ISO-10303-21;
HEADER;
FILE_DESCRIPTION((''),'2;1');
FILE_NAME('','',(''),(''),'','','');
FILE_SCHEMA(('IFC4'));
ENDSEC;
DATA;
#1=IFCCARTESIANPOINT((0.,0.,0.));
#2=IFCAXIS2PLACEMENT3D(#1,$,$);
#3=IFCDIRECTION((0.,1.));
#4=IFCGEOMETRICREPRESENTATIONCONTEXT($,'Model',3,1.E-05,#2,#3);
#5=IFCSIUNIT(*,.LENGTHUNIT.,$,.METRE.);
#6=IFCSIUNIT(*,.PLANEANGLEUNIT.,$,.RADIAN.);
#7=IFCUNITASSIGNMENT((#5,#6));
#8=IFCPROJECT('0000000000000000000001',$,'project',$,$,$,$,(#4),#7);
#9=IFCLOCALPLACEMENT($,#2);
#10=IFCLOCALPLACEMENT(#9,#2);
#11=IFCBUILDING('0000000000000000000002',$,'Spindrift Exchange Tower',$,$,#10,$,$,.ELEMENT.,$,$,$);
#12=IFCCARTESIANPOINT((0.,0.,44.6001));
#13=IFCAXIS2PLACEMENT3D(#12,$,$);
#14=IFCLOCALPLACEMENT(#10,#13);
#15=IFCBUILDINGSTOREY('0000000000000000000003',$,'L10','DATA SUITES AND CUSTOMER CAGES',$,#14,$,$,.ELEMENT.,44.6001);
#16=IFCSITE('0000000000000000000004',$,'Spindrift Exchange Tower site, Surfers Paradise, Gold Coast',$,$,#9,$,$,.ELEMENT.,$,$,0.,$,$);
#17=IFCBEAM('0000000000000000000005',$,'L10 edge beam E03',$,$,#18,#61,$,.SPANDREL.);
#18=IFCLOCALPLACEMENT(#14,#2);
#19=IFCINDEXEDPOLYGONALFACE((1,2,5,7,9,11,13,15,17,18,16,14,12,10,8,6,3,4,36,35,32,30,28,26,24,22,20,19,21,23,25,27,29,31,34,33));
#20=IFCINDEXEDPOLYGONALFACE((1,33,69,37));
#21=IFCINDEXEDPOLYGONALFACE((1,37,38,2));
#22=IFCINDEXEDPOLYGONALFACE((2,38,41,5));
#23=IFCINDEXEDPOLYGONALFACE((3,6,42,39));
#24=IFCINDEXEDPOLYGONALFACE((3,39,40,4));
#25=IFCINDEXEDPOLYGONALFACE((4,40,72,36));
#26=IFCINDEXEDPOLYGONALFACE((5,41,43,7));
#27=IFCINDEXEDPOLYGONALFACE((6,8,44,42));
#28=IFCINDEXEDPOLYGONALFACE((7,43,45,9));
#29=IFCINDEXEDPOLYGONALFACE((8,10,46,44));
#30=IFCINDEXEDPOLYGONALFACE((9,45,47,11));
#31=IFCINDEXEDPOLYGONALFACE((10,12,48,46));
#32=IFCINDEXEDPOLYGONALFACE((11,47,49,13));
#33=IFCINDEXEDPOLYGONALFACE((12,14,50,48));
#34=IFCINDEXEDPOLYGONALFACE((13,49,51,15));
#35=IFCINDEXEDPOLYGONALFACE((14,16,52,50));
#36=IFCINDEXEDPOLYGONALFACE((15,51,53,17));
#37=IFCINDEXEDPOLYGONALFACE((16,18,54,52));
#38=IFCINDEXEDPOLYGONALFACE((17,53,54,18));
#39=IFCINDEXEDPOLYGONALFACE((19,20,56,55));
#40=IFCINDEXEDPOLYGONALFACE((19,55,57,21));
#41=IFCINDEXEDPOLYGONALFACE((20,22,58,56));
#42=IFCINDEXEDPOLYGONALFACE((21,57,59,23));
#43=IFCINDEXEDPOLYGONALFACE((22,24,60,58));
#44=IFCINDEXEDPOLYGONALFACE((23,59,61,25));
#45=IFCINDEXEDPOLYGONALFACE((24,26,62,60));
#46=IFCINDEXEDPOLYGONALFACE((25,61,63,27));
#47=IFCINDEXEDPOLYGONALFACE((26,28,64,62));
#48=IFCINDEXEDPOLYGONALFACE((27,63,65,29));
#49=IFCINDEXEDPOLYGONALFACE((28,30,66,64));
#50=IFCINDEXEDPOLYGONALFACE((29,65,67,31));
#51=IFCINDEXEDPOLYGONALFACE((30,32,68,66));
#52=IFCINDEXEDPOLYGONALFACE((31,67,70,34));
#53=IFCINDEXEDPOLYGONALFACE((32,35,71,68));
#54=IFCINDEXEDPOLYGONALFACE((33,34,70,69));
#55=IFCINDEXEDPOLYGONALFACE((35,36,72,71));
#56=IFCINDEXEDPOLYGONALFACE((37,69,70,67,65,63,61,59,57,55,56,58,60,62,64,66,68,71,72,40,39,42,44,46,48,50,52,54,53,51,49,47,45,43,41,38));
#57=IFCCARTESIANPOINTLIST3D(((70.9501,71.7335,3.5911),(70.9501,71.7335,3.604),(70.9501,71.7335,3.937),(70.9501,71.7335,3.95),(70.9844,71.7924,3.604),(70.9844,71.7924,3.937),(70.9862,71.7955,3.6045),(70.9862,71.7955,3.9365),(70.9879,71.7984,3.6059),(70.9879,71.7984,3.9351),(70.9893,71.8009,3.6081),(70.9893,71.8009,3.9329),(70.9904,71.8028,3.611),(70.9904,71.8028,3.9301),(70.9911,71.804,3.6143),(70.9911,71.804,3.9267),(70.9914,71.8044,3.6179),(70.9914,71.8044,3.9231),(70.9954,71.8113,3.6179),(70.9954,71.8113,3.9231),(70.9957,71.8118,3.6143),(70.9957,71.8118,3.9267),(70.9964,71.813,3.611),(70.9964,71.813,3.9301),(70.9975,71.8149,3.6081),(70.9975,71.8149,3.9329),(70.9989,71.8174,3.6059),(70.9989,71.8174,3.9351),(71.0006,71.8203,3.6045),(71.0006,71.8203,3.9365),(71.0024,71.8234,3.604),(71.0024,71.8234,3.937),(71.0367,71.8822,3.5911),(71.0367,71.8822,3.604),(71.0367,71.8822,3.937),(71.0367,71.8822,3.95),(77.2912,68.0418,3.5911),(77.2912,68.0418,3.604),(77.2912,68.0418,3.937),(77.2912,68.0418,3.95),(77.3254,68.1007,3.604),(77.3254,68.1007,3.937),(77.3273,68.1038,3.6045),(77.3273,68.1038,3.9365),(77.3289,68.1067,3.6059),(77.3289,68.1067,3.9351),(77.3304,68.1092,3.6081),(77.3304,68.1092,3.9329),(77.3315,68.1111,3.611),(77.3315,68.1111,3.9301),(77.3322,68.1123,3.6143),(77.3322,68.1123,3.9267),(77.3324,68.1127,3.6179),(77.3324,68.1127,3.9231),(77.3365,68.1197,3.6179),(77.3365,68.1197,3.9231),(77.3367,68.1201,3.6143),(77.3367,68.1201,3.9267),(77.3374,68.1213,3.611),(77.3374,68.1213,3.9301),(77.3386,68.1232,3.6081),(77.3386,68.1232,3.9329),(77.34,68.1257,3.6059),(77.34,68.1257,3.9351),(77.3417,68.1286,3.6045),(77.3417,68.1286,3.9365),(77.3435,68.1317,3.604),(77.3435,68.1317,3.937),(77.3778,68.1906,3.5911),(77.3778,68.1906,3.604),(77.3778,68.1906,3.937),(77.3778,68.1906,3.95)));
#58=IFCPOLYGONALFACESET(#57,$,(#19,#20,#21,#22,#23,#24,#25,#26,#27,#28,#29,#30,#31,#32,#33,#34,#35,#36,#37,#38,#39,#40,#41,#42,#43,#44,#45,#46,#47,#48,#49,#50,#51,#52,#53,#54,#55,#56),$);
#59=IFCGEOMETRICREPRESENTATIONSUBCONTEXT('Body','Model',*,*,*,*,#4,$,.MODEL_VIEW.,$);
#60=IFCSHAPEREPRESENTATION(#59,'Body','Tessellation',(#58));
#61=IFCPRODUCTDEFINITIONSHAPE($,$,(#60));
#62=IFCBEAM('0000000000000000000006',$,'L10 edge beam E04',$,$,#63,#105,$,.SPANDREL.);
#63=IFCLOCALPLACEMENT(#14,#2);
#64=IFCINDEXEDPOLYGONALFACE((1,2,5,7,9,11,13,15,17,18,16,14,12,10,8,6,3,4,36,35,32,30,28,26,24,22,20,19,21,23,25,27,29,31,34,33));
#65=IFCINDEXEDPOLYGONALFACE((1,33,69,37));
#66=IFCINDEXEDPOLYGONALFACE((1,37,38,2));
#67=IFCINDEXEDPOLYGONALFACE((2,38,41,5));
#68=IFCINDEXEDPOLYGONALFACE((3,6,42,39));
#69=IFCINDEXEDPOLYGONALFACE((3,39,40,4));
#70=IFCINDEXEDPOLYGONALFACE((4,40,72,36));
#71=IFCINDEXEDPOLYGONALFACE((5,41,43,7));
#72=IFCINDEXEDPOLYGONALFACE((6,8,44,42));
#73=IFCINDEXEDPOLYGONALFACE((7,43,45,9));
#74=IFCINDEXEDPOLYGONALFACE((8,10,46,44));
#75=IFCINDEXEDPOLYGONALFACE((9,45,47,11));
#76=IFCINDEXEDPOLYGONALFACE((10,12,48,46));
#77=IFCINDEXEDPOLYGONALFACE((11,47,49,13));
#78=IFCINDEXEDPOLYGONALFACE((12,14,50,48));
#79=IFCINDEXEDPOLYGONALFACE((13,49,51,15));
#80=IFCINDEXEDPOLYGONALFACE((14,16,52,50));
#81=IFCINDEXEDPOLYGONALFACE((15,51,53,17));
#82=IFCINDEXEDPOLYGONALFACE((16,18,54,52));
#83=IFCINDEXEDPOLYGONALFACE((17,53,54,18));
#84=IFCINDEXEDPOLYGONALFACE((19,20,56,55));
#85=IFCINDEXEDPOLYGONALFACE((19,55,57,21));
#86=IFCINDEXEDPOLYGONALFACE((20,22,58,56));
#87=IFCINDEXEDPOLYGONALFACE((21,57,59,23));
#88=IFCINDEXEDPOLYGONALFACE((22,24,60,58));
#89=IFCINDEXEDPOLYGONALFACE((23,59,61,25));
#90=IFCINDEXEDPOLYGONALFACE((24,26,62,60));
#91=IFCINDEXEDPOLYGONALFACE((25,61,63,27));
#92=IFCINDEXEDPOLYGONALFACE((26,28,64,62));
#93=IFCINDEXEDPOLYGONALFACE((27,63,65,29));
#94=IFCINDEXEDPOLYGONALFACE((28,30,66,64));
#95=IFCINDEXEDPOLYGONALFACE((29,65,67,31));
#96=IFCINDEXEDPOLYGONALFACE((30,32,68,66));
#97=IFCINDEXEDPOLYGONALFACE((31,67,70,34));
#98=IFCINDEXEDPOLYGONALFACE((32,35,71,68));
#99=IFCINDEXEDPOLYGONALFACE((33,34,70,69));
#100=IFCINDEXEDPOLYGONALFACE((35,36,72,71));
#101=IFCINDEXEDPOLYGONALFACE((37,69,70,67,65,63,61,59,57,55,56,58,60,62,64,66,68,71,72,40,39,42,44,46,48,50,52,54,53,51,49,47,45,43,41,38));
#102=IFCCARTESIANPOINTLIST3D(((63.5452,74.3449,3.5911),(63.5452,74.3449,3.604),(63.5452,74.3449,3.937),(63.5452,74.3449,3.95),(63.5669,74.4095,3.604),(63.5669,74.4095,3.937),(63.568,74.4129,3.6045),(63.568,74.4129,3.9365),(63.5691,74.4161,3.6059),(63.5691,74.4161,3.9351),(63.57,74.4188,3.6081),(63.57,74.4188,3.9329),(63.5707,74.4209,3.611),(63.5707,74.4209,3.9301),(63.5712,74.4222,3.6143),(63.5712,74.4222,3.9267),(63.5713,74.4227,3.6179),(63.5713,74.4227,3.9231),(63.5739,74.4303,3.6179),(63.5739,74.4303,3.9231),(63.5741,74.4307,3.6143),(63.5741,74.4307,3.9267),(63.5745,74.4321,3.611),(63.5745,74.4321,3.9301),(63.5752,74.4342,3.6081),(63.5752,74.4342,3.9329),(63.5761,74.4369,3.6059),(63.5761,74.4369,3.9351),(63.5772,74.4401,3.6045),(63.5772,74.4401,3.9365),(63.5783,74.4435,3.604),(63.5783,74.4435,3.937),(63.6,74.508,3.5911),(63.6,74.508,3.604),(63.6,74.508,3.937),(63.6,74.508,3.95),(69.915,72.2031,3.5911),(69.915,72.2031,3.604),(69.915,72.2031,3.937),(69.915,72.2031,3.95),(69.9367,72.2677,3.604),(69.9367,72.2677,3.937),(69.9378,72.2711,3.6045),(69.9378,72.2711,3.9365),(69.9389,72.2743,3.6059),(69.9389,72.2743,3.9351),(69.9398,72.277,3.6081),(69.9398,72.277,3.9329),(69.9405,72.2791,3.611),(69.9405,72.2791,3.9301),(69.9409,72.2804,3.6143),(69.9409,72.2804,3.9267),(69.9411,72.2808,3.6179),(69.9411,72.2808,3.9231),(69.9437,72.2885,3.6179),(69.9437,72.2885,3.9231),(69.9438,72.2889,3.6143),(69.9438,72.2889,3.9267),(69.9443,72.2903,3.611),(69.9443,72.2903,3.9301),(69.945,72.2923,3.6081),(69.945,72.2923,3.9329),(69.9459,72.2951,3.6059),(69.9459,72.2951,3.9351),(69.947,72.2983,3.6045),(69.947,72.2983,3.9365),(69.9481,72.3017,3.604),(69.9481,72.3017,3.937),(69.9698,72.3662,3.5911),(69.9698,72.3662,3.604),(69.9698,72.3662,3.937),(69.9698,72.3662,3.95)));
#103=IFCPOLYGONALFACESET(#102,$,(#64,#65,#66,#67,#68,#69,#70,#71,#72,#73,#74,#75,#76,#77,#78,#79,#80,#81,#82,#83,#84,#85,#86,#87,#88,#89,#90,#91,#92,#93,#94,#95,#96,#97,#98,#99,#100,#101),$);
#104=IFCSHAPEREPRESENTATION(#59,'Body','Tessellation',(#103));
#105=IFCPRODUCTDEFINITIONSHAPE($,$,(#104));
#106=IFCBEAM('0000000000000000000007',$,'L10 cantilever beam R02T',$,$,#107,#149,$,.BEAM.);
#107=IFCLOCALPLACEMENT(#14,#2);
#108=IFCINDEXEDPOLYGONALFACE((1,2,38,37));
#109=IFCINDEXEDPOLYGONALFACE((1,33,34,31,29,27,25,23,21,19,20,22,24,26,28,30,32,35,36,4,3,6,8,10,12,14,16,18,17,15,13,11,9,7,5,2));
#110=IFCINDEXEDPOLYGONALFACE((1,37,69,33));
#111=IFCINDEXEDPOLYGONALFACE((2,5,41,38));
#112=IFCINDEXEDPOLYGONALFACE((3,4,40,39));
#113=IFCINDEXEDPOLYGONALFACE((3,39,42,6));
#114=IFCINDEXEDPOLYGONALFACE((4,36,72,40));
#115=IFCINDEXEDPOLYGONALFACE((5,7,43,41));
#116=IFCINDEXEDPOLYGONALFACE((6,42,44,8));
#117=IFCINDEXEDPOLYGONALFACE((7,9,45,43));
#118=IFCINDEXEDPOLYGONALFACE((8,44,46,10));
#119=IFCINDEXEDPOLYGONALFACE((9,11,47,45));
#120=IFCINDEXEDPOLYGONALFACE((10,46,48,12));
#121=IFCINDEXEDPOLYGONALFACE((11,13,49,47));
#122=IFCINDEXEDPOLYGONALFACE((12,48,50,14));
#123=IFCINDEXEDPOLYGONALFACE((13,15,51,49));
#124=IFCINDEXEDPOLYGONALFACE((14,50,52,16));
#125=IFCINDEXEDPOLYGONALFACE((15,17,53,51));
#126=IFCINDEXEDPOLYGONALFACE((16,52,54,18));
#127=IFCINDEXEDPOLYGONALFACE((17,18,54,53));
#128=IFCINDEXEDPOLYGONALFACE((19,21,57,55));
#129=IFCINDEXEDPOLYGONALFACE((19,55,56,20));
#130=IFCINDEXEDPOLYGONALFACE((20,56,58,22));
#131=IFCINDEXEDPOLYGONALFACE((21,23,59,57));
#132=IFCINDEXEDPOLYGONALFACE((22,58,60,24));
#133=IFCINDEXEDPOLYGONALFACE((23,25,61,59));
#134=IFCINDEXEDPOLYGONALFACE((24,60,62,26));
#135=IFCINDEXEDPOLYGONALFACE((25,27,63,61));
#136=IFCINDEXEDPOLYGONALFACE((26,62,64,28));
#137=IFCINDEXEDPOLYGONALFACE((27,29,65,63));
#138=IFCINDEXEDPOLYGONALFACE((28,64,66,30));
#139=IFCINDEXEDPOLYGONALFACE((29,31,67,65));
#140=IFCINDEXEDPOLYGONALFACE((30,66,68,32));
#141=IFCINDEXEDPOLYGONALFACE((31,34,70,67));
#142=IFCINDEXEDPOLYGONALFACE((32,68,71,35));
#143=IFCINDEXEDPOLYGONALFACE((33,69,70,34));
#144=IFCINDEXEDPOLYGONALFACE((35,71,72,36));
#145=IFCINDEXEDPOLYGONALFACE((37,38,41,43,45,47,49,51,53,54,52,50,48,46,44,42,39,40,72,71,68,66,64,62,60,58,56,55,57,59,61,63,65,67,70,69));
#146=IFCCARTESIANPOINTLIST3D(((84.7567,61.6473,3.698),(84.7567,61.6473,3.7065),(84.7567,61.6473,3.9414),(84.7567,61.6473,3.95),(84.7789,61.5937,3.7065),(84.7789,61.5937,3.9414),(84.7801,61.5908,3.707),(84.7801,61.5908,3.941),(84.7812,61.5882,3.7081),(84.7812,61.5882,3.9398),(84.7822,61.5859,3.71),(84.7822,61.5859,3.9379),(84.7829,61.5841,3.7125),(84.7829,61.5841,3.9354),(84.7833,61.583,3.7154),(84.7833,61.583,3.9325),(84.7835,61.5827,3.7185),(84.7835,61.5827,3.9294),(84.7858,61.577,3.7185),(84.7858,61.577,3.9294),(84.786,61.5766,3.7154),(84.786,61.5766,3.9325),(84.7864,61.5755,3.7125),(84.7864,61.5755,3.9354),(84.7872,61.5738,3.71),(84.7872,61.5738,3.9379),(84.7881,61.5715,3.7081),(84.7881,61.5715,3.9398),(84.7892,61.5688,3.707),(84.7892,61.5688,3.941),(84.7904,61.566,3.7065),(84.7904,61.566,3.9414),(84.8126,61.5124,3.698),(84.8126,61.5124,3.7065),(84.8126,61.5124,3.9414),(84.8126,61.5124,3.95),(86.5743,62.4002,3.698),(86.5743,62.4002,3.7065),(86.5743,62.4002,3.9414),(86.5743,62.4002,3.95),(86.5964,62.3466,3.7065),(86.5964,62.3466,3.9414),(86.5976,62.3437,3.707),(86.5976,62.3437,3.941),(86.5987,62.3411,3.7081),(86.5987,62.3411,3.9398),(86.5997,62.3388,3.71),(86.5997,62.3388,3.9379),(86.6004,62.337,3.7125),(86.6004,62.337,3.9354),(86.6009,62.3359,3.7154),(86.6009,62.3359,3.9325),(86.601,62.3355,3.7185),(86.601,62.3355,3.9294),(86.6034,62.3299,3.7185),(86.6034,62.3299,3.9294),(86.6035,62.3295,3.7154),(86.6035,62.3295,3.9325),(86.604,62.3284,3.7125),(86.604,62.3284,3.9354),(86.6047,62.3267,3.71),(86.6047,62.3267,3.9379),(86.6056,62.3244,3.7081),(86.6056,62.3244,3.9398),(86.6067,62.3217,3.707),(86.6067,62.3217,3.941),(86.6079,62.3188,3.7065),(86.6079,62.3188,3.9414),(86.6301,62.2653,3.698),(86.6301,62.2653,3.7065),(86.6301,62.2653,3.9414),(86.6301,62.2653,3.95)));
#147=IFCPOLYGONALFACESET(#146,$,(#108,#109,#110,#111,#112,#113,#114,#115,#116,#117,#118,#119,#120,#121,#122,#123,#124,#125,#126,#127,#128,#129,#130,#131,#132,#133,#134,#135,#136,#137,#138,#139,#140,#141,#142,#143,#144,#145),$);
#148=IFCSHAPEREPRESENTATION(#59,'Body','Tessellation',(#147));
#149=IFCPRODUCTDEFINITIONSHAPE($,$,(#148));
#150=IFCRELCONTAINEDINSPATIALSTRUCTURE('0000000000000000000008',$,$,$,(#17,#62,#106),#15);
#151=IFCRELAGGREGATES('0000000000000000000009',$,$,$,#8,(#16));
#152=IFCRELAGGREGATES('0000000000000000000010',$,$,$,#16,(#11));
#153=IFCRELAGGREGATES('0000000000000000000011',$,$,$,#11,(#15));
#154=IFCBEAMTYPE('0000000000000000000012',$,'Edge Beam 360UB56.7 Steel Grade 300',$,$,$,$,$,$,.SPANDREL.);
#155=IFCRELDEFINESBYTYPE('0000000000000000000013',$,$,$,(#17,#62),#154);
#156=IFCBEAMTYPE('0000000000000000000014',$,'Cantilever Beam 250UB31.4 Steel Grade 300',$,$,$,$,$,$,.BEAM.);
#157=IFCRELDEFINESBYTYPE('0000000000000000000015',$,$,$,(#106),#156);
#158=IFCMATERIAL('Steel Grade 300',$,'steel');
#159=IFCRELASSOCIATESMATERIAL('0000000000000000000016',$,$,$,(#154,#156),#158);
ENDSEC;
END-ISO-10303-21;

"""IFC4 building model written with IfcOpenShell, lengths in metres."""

from ifc_helpers import new_model, si_unit, direction, frame, origin, origin_2d, place, context, subcontext, project, spatial, i_section, extrude, source, transform, mapped, material, material_profile, profile_set, type_object, element, save


model = new_model("IFC4")

# Units and contexts
model_context = context("Model", 3, precision=1e-05, world=origin(), true_north=direction((0.0, 1.0)))
body_context = subcontext(model_context, "Body", "Model", "MODEL_VIEW")
ifc_project = project(units=[si_unit("LENGTHUNIT", "METRE"), si_unit("PLANEANGLEUNIT", "RADIAN")], contexts=[model_context])

# Site, building, storey
site_placement = place(None, origin())
site = spatial("IfcSite", under=ifc_project, at=site_placement, Name="Spindrift Exchange Tower site, Surfers Paradise, Gold Coast", CompositionType="ELEMENT", RefElevation=0.0)
building_placement = place(site_placement, origin())
building = spatial("IfcBuilding", under=site, at=building_placement, Name="Spindrift Exchange Tower", CompositionType="ELEMENT")
storey_placement = place(building_placement, frame((0.0, 0.0, 44.6001)))
storey = spatial("IfcBuildingStorey", under=building, at=storey_placement, Name="L10", Description="DATA SUITES AND CUSTOMER CAGES", CompositionType="ELEMENT", Elevation=44.6001)

# Beams
ifc_material_1 = material(Name="Steel Grade 300", Category="steel")
ifc_material_profile_1 = material_profile(ifc_material_1, i_section(OverallWidth=0.1721, OverallDepth=0.3589, WebThickness=0.0081, FlangeThickness=0.0129, FilletRadius=0.0139, at=origin_2d()), Name="360UB56.7")
ifc_profile_set_1 = profile_set([ifc_material_profile_1], Name="Steel Grade 300")
beam_type_1 = type_object("IfcBeamType", Name="Edge Beam 360UB56.7 Steel Grade 300", PredefinedType="SPANDREL", material=ifc_profile_set_1)
shared_shape_1 = source(origin(), body_context, "Body", "SweptSolid", [
    extrude(i_section(OverallWidth=0.1721, OverallDepth=0.3589, WebThickness=0.0081, FlangeThickness=0.0129, FilletRadius=0.0139, at=origin_2d()), origin(), (0.0, 0.0, 1.0), 7.3374),
])
beam_1_placement = place(storey_placement, frame((77.3345, 68.1162, 3.7705), z_axis=(-0.864212, 0.503128, 0.0), x_axis=(-0.503128, -0.864212, 0.0)))
element("IfcBeam", 1, at=beam_1_placement, inside=storey, type_object=beam_type_1, Name="L10 edge beam E03", PredefinedType="SPANDREL", context=body_context, shape_type="MappedRepresentation", body=[
    mapped(shared_shape_1, transform((0.0, 0.0, 0.0), scale=1.0)),
])
shared_shape_2 = source(origin(), body_context, "Body", "SweptSolid", [
    extrude(i_section(OverallWidth=0.1721, OverallDepth=0.3589, WebThickness=0.0081, FlangeThickness=0.0129, FilletRadius=0.0139, at=origin_2d()), origin(), (0.0, 0.0, 1.0), 6.7202),
])
beam_2_placement = place(storey_placement, frame((69.9424, 72.2847, 3.7705), z_axis=(-0.947852, 0.318712, 0.0), x_axis=(-0.318712, -0.947852, 0.0)))
element("IfcBeam", 2, at=beam_2_placement, inside=storey, type_object=beam_type_1, Name="L10 edge beam E04", PredefinedType="SPANDREL", context=body_context, shape_type="MappedRepresentation", body=[
    mapped(shared_shape_2, transform((0.0, 0.0, 0.0), scale=1.0)),
])
ifc_material_profile_2 = material_profile(ifc_material_1, i_section(OverallWidth=0.146, OverallDepth=0.252, WebThickness=0.0061, FlangeThickness=0.0085, FilletRadius=0.012, at=origin_2d()), Name="250UB31.4")
ifc_profile_set_2 = profile_set([ifc_material_profile_2], Name="Steel Grade 300")
beam_type_2 = type_object("IfcBeamType", Name="Cantilever Beam 250UB31.4 Steel Grade 300", PredefinedType="BEAM", material=ifc_profile_set_2)
shared_shape_3 = source(origin(), body_context, "Body", "SweptSolid", [
    extrude(i_section(OverallWidth=0.146, OverallDepth=0.252, WebThickness=0.0061, FlangeThickness=0.0085, FilletRadius=0.012, at=origin_2d()), origin(), (0.0, 0.0, 1.0), 1.9673),
])
beam_3_placement = place(storey_placement, frame((84.7847, 61.5798, 3.824), z_axis=(0.923872, 0.382703, 0.0), x_axis=(-0.382703, 0.923872, 0.0)))
element("IfcBeam", 3, at=beam_3_placement, inside=storey, type_object=beam_type_2, Name="L10 cantilever beam R02T", PredefinedType="BEAM", context=body_context, shape_type="MappedRepresentation", body=[
    mapped(shared_shape_3, transform((0.0, 0.0, 0.0), scale=1.0)),
])

save(model, "model.ifc")
